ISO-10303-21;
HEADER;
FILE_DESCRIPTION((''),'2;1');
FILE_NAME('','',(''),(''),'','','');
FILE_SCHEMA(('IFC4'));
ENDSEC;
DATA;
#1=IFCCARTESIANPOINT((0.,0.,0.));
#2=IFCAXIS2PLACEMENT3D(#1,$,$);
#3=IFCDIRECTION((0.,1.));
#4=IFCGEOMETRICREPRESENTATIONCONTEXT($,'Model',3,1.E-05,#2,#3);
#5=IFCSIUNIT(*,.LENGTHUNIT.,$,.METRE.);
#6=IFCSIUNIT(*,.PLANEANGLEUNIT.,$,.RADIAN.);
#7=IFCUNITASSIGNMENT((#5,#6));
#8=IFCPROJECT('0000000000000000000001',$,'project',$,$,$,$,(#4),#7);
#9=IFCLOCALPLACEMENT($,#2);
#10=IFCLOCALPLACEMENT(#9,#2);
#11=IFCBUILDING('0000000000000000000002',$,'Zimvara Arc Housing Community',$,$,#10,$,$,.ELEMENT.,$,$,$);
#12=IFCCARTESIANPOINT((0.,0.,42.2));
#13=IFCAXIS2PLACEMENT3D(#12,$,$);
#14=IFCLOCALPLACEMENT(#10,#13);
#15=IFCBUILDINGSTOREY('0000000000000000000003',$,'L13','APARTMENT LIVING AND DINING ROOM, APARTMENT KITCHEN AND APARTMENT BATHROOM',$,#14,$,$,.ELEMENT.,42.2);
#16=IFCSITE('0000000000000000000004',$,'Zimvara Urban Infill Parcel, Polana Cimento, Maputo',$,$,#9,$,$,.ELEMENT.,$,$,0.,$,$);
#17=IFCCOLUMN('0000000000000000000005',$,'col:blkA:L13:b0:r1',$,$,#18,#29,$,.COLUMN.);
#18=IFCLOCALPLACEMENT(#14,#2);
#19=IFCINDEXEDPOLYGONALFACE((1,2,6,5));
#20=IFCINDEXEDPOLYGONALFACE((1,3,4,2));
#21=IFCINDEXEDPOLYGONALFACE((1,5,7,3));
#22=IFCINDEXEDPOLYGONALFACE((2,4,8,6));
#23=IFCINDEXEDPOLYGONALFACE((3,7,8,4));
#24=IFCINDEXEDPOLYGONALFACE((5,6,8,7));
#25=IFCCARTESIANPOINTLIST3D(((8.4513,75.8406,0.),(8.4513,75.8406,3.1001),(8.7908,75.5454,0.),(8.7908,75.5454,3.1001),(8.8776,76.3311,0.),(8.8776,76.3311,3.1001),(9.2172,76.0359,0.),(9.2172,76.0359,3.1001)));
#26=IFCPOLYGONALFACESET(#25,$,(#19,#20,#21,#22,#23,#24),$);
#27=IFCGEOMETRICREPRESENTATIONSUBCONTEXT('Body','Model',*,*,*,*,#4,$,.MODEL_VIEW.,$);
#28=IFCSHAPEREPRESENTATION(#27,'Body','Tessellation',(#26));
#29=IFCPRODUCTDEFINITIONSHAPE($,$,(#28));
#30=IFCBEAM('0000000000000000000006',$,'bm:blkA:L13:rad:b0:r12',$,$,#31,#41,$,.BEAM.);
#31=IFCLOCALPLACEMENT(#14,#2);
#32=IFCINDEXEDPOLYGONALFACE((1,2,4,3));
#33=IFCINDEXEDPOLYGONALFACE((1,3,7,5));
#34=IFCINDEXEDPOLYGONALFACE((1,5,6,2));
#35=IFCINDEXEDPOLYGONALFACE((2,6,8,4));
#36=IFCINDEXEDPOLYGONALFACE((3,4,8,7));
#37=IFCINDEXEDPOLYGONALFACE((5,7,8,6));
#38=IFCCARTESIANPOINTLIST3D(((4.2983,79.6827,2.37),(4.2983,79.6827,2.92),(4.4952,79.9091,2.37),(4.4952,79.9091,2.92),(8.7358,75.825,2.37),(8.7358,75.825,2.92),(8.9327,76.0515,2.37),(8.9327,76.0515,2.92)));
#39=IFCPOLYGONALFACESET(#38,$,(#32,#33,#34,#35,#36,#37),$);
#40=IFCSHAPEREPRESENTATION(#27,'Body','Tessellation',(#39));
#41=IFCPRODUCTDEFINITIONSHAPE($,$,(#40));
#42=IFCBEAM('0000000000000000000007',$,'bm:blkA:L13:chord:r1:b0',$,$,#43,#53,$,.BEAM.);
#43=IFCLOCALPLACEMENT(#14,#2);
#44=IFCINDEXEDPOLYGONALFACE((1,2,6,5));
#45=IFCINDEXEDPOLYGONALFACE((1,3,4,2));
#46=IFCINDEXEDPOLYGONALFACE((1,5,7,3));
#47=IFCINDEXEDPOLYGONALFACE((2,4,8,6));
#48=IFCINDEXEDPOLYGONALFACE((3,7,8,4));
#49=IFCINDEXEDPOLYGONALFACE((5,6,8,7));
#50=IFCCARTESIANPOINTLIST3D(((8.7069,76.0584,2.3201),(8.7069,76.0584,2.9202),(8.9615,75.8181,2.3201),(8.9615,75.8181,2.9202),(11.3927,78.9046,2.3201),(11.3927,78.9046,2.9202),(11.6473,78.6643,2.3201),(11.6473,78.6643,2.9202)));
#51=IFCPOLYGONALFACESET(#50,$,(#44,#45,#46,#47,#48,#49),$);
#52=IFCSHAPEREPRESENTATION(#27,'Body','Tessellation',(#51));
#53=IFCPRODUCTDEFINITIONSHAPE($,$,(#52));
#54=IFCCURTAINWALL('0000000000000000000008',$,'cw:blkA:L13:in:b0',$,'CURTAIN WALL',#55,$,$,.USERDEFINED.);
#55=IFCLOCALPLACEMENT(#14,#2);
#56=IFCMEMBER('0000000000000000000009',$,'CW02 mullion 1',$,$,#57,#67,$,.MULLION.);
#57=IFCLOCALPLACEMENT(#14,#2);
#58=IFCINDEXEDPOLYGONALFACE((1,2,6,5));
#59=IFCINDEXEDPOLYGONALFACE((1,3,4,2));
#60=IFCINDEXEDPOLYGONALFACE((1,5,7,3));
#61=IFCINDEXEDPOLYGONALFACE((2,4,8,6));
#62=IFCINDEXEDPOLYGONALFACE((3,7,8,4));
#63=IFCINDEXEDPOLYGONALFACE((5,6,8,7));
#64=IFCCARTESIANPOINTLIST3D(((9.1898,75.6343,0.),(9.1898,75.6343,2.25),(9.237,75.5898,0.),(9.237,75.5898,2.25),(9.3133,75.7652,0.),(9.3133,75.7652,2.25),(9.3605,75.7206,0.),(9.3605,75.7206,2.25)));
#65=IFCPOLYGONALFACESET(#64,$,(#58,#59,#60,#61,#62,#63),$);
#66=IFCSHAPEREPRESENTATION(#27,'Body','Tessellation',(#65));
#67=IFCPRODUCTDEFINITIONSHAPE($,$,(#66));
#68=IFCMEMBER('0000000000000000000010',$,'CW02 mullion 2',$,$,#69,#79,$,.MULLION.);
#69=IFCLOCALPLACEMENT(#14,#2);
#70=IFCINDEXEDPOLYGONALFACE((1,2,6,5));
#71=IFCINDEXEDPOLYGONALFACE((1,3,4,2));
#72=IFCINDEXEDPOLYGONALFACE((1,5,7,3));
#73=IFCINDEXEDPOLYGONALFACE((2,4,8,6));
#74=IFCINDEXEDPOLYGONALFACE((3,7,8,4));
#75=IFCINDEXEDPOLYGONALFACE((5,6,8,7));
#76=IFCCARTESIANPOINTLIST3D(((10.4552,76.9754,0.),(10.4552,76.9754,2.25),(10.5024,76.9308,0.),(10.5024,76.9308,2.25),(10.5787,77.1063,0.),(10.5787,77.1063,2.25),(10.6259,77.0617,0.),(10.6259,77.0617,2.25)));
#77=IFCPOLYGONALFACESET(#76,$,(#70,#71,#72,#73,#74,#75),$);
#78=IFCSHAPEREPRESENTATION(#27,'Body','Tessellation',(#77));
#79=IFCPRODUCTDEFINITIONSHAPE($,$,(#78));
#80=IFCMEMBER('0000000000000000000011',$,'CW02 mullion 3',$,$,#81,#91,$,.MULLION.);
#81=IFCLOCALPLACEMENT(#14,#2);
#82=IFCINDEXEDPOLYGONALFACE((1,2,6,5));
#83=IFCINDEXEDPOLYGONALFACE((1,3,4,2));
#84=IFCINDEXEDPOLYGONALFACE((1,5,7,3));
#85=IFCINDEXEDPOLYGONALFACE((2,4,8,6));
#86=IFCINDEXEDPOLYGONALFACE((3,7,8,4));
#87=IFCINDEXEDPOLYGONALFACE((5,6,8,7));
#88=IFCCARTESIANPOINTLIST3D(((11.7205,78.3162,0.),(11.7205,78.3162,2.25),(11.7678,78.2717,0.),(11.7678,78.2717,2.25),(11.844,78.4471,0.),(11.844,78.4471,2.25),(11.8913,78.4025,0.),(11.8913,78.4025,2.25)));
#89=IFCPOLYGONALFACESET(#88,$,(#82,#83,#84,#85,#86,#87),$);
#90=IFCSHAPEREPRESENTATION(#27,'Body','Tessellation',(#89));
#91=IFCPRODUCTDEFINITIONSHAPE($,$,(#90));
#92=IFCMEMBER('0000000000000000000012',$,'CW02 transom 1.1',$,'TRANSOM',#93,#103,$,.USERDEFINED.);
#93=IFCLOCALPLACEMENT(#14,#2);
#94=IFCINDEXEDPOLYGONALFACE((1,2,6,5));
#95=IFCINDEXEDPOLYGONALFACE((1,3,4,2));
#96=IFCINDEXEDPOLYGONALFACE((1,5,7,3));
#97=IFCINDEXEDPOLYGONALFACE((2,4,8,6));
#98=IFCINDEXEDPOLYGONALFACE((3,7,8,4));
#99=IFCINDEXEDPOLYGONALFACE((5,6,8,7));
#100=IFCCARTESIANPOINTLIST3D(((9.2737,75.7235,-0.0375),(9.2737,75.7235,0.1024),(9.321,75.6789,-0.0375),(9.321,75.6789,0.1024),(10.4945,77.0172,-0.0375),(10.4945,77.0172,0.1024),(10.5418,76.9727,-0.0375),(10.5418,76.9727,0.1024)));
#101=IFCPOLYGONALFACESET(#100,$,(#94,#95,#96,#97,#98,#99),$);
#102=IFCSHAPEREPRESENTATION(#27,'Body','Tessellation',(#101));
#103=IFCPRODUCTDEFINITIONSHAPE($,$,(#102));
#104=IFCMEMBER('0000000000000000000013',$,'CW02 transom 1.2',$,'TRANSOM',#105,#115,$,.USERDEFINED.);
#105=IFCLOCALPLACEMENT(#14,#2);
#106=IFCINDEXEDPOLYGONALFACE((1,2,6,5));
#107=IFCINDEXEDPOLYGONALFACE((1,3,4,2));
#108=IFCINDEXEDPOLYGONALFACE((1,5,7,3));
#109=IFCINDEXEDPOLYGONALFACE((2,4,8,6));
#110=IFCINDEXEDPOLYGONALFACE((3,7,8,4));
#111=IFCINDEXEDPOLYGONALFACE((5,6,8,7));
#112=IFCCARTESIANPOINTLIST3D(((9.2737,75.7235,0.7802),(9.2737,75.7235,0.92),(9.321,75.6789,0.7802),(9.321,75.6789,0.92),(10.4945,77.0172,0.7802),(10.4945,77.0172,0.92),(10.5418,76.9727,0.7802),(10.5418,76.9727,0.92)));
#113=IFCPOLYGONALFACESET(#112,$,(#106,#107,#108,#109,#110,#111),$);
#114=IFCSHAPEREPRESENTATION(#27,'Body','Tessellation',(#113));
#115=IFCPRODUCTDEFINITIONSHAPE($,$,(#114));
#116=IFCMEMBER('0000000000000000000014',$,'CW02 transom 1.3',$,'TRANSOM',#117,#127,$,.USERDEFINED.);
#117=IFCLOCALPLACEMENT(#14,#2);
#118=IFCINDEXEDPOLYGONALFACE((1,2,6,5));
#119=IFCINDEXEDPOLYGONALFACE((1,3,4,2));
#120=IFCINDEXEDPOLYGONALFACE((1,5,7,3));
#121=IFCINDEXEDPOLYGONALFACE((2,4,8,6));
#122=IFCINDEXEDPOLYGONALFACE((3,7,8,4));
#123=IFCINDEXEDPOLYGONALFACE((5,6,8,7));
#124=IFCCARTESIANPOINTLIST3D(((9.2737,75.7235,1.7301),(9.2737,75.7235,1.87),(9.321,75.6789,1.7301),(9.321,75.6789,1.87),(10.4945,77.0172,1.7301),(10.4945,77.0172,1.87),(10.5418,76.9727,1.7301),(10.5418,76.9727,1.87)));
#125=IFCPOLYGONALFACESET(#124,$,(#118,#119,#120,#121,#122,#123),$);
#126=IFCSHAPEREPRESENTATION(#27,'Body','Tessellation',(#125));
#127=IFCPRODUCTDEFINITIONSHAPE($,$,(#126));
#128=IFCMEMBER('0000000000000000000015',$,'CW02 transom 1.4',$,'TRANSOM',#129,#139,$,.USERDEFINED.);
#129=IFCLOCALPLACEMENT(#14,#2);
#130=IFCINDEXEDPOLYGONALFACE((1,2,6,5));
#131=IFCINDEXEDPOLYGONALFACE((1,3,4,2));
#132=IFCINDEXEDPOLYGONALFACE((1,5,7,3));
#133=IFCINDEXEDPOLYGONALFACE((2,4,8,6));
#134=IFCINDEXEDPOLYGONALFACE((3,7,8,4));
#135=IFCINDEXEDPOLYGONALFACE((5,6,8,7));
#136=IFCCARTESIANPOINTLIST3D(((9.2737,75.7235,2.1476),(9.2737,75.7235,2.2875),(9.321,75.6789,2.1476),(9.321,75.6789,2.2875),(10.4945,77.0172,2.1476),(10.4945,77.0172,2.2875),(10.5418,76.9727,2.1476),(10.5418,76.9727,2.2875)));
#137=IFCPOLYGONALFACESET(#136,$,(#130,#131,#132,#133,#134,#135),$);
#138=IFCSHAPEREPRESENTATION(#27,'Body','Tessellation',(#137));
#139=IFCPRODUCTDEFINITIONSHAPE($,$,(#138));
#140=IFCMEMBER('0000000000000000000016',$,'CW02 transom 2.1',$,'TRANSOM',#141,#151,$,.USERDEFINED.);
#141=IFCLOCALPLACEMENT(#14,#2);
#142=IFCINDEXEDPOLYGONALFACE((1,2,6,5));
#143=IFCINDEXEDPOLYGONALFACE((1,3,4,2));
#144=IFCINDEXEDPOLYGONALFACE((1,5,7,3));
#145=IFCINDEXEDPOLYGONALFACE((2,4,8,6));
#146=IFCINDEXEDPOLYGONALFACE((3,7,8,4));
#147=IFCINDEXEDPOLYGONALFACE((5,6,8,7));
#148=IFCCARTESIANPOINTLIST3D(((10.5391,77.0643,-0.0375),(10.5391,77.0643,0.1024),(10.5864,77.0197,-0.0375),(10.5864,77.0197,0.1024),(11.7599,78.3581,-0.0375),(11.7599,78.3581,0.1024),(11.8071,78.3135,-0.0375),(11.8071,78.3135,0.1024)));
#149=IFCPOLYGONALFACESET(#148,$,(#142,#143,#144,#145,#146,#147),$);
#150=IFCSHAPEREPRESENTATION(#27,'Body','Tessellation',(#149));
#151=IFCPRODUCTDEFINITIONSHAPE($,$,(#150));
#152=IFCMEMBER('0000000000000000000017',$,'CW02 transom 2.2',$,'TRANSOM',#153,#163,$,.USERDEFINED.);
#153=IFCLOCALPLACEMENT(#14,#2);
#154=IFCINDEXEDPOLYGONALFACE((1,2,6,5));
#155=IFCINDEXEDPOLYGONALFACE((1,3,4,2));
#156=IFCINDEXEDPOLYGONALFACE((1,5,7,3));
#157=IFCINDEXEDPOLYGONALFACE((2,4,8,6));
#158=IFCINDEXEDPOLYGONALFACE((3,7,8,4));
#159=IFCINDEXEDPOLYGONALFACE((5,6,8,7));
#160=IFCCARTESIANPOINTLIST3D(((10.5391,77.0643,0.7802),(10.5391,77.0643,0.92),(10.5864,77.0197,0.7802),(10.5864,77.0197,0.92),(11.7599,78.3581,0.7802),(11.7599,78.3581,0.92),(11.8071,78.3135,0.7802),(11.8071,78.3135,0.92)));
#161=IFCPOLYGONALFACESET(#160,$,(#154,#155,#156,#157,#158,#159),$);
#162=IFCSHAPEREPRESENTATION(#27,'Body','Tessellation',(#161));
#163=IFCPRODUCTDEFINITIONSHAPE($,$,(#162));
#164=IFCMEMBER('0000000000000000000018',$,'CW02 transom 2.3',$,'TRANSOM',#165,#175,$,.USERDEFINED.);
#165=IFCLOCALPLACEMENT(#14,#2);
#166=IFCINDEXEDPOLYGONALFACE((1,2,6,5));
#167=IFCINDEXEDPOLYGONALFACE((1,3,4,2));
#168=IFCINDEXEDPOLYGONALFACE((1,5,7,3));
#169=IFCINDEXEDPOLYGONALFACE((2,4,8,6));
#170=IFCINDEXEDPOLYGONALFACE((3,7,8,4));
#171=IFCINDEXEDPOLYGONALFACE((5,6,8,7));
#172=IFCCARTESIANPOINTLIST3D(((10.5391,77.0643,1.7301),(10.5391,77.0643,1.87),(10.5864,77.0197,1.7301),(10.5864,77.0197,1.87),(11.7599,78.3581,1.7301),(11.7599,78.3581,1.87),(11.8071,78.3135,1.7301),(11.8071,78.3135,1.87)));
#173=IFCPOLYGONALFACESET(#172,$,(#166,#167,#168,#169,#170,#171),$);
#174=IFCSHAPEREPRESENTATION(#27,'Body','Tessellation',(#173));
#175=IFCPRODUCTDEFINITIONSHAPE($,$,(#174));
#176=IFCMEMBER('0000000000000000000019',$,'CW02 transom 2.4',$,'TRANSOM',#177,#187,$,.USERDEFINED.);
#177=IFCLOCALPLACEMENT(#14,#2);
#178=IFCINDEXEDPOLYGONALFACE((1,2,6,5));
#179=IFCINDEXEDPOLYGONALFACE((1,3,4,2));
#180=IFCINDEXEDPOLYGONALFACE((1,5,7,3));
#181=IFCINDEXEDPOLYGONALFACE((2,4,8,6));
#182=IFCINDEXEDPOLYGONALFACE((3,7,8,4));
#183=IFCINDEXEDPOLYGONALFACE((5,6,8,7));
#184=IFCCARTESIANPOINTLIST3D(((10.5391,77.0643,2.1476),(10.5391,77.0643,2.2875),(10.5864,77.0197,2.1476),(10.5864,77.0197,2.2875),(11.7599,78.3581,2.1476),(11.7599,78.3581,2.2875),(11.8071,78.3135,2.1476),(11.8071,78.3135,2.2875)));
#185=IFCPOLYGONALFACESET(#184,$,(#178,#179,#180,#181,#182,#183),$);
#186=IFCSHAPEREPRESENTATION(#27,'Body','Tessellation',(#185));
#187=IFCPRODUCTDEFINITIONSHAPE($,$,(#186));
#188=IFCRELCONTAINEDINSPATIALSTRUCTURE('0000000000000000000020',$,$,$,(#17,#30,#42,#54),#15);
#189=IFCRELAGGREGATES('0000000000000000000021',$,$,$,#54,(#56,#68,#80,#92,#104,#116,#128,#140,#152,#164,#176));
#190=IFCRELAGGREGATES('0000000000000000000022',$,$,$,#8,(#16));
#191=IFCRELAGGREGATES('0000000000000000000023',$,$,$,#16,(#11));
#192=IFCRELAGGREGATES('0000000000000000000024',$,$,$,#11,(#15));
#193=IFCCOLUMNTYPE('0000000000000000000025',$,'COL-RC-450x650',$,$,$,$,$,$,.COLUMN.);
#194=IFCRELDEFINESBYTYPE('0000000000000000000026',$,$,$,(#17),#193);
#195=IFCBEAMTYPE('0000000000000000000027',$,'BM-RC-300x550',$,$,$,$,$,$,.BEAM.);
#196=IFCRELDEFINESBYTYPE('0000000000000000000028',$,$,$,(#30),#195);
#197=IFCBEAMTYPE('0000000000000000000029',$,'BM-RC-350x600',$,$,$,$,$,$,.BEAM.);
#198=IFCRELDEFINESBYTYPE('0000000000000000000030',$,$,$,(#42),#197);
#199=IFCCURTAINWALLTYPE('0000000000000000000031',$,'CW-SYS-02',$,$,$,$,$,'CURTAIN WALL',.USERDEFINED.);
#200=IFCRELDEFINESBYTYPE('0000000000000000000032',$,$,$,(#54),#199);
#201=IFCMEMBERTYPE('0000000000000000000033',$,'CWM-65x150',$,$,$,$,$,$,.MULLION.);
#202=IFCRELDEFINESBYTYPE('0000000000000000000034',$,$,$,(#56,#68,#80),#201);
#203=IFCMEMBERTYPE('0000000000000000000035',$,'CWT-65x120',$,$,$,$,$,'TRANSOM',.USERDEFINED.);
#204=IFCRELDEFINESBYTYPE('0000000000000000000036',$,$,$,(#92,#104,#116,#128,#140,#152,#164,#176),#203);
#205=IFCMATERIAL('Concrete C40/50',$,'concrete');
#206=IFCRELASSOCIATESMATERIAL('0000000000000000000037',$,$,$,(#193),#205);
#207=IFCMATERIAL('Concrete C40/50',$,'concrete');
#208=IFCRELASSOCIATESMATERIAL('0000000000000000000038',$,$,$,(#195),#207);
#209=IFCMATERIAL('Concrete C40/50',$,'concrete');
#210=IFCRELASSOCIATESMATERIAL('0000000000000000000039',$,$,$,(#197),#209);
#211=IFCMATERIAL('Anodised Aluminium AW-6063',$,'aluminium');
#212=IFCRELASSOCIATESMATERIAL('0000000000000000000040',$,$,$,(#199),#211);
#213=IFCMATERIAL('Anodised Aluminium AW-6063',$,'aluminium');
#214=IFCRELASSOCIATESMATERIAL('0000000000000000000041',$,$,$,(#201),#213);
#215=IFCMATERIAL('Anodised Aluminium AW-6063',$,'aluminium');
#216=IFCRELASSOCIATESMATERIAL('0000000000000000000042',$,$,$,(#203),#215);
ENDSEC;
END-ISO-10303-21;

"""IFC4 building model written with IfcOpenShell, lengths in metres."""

from ifc_helpers import new_model, si_unit, direction, frame, origin, origin_2d, place, context, subcontext, project, spatial, rectangle, extrude, material, material_profile, profile_set, type_object, element, aggregate, save


model = new_model("IFC4")

# Units and contexts
model_context = context("Model", 3, precision=1e-05, world=origin(), true_north=direction((0.0, 1.0)))
body_context = subcontext(model_context, "Body", "Model", "MODEL_VIEW")
ifc_project = project(units=[si_unit("LENGTHUNIT", "METRE"), si_unit("PLANEANGLEUNIT", "RADIAN")], contexts=[model_context])

# Site, building, storey
site_placement = place(None, origin())
site = spatial("IfcSite", under=ifc_project, at=site_placement, Name="Zimvara Urban Infill Parcel, Polana Cimento, Maputo", CompositionType="ELEMENT", RefElevation=0.0)
building_placement = place(site_placement, origin())
building = spatial("IfcBuilding", under=site, at=building_placement, Name="Zimvara Arc Housing Community", CompositionType="ELEMENT")
storey_placement = place(building_placement, frame((0.0, 0.0, 42.2)))
storey = spatial("IfcBuildingStorey", under=building, at=storey_placement, Name="L13", Description="APARTMENT LIVING AND DINING ROOM, APARTMENT KITCHEN AND APARTMENT BATHROOM", CompositionType="ELEMENT", Elevation=42.2)

# Column
ifc_material_1 = material(Name="Concrete C40/50", Category="concrete")
ifc_material_profile_1 = material_profile(ifc_material_1, rectangle(XDim=0.45, YDim=0.6499, at=origin_2d()), Name="RC 450x650")
ifc_profile_set_1 = profile_set([ifc_material_profile_1], Name="Concrete C40/50")
column_type = type_object("IfcColumnType", Name="COL-RC-450x650", PredefinedType="COLUMN", material=ifc_profile_set_1)
column_placement = place(storey_placement, frame((8.8342, 75.9382, 0.0), z_axis=(0.0, 0.0, 1.0), x_axis=(-0.75471, 0.656059, 0.0)))
element("IfcColumn", 1, at=column_placement, inside=storey, type_object=column_type, Name="col:blkA:L13:b0:r1", PredefinedType="COLUMN", context=body_context, shape_type="SweptSolid", body=[
    extrude(rectangle(XDim=0.45, YDim=0.6499, at=origin_2d()), origin(), (0.0, 0.0, 1.0), 3.1001),
])

# Beams
ifc_material_2 = material(Name="Concrete C40/50", Category="concrete")
ifc_material_profile_2 = material_profile(ifc_material_2, rectangle(XDim=0.3, YDim=0.55, at=origin_2d()), Name="RC 300x550")
ifc_profile_set_2 = profile_set([ifc_material_profile_2], Name="Concrete C40/50")
beam_type_1 = type_object("IfcBeamType", Name="BM-RC-300x550", PredefinedType="BEAM", material=ifc_profile_set_2)
beam_1_placement = place(storey_placement, frame((8.8342, 75.9382, 2.645), z_axis=(-0.754692, 0.656079, 0.0), x_axis=(-0.656079, -0.754692, 0.0)))
element("IfcBeam", 2, at=beam_1_placement, inside=storey, type_object=beam_type_1, Name="bm:blkA:L13:rad:b0:r12", PredefinedType="BEAM", context=body_context, shape_type="SweptSolid", body=[
    extrude(rectangle(XDim=0.3, YDim=0.55, at=origin_2d()), origin(), (0.0, 0.0, 1.0), 5.8799),
])
ifc_material_3 = material(Name="Concrete C40/50", Category="concrete")
ifc_material_profile_3 = material_profile(ifc_material_3, rectangle(XDim=0.3501, YDim=0.6001, at=origin_2d()), Name="RC 350x600")
ifc_profile_set_3 = profile_set([ifc_material_profile_3], Name="Concrete C40/50")
beam_type_2 = type_object("IfcBeamType", Name="BM-RC-350x600", PredefinedType="BEAM", material=ifc_profile_set_3)
beam_2_placement = place(storey_placement, frame((8.8342, 75.9382, 2.6201), z_axis=(0.686316, 0.727304, 0.0), x_axis=(-0.727304, 0.686316, 0.0)))
element("IfcBeam", 3, at=beam_2_placement, inside=storey, type_object=beam_type_2, Name="bm:blkA:L13:chord:r1:b0", PredefinedType="BEAM", context=body_context, shape_type="SweptSolid", body=[
    extrude(rectangle(XDim=0.3501, YDim=0.6001, at=origin_2d()), origin(), (0.0, 0.0, 1.0), 3.9133),
])

# Curtain wall, members
ifc_material_4 = material(Name="Anodised Aluminium AW-6063", Category="aluminium")
curtain_wall_type = type_object("IfcCurtainWallType", Name="CW-SYS-02", ElementType="CURTAIN WALL", PredefinedType="USERDEFINED", material=ifc_material_4)
curtain_wall_placement = place(storey_placement, origin())
curtain_wall = element("IfcCurtainWall", 4, at=curtain_wall_placement, inside=storey, type_object=curtain_wall_type, Name="cw:blkA:L13:in:b0", ObjectType="CURTAIN WALL", PredefinedType="USERDEFINED")
ifc_material_5 = material(Name="Anodised Aluminium AW-6063", Category="aluminium")
ifc_material_profile_4 = material_profile(ifc_material_5, rectangle(XDim=0.0649, YDim=0.1799, at=origin_2d()), Name="ALU 65x180")
ifc_profile_set_4 = profile_set([ifc_material_profile_4], Name="Anodised Aluminium AW-6063")
member_type_1 = type_object("IfcMemberType", Name="CWM-65x150", PredefinedType="MULLION", material=ifc_profile_set_4)
member_1_placement = place(storey_placement, frame((9.2751, 75.6775, 0.0), z_axis=(0.0, 0.0, 1.0), x_axis=(-0.727294, 0.686326, 0.0)))
member_1 = element("IfcMember", 5, at=member_1_placement, type_object=member_type_1, Name="CW02 mullion 1", PredefinedType="MULLION", context=body_context, shape_type="SweptSolid", body=[
    extrude(rectangle(XDim=0.0649, YDim=0.1799, at=origin_2d()), origin(), (0.0, 0.0, 1.0), 2.25),
])
member_2_placement = place(storey_placement, frame((10.5405, 77.0186, 0.0), z_axis=(0.0, 0.0, 1.0), x_axis=(-0.727294, 0.686326, 0.0)))
member_2 = element("IfcMember", 6, at=member_2_placement, type_object=member_type_1, Name="CW02 mullion 2", PredefinedType="MULLION", context=body_context, shape_type="SweptSolid", body=[
    extrude(rectangle(XDim=0.0649, YDim=0.1799, at=origin_2d()), origin(), (0.0, 0.0, 1.0), 2.25),
])
member_3_placement = place(storey_placement, frame((11.8059, 78.3594, 0.0), z_axis=(0.0, 0.0, 1.0), x_axis=(-0.727294, 0.686326, 0.0)))
member_3 = element("IfcMember", 7, at=member_3_placement, type_object=member_type_1, Name="CW02 mullion 3", PredefinedType="MULLION", context=body_context, shape_type="SweptSolid", body=[
    extrude(rectangle(XDim=0.0649, YDim=0.1799, at=origin_2d()), origin(), (0.0, 0.0, 1.0), 2.25),
])
ifc_material_6 = material(Name="Anodised Aluminium AW-6063", Category="aluminium")
ifc_material_profile_5 = material_profile(ifc_material_6, rectangle(XDim=0.0649, YDim=0.1399, at=origin_2d()), Name="ALU 65x140")
ifc_profile_set_5 = profile_set([ifc_material_profile_5], Name="Anodised Aluminium AW-6063")
member_type_2 = type_object("IfcMemberType", Name="CWT-65x120", ElementType="TRANSOM", PredefinedType="USERDEFINED", material=ifc_profile_set_5)
member_4_placement = place(storey_placement, frame((9.2974, 75.7012, 0.0325), z_axis=(0.686289, 0.727329, 0.0), x_axis=(-0.727329, 0.686289, 0.0)))
member_4 = element("IfcMember", 8, at=member_4_placement, type_object=member_type_2, Name="CW02 transom 1.1", ObjectType="TRANSOM", PredefinedType="USERDEFINED", context=body_context, shape_type="SweptSolid", body=[
    extrude(rectangle(XDim=0.0649, YDim=0.1399, at=origin_2d()), origin(), (0.0, 0.0, 1.0), 1.7788),
])
member_5_placement = place(storey_placement, frame((9.2974, 75.7012, 0.8501), z_axis=(0.686289, 0.727329, 0.0), x_axis=(-0.727329, 0.686289, 0.0)))
member_5 = element("IfcMember", 9, at=member_5_placement, type_object=member_type_2, Name="CW02 transom 1.2", ObjectType="TRANSOM", PredefinedType="USERDEFINED", context=body_context, shape_type="SweptSolid", body=[
    extrude(rectangle(XDim=0.0649, YDim=0.1399, at=origin_2d()), origin(), (0.0, 0.0, 1.0), 1.7788),
])
member_6_placement = place(storey_placement, frame((9.2974, 75.7012, 1.8), z_axis=(0.686289, 0.727329, 0.0), x_axis=(-0.727329, 0.686289, 0.0)))
member_6 = element("IfcMember", 10, at=member_6_placement, type_object=member_type_2, Name="CW02 transom 1.3", ObjectType="TRANSOM", PredefinedType="USERDEFINED", context=body_context, shape_type="SweptSolid", body=[
    extrude(rectangle(XDim=0.0649, YDim=0.1399, at=origin_2d()), origin(), (0.0, 0.0, 1.0), 1.7788),
])
member_7_placement = place(storey_placement, frame((9.2974, 75.7012, 2.2175), z_axis=(0.686289, 0.727329, 0.0), x_axis=(-0.727329, 0.686289, 0.0)))
member_7 = element("IfcMember", 11, at=member_7_placement, type_object=member_type_2, Name="CW02 transom 1.4", ObjectType="TRANSOM", PredefinedType="USERDEFINED", context=body_context, shape_type="SweptSolid", body=[
    extrude(rectangle(XDim=0.0649, YDim=0.1399, at=origin_2d()), origin(), (0.0, 0.0, 1.0), 1.7788),
])
member_8_placement = place(storey_placement, frame((10.5627, 77.042, 0.0325), z_axis=(0.686289, 0.727329, 0.0), x_axis=(-0.727329, 0.686289, 0.0)))
member_8 = element("IfcMember", 12, at=member_8_placement, type_object=member_type_2, Name="CW02 transom 2.1", ObjectType="TRANSOM", PredefinedType="USERDEFINED", context=body_context, shape_type="SweptSolid", body=[
    extrude(rectangle(XDim=0.0649, YDim=0.1399, at=origin_2d()), origin(), (0.0, 0.0, 1.0), 1.7788),
])
member_9_placement = place(storey_placement, frame((10.5627, 77.042, 0.8501), z_axis=(0.686289, 0.727329, 0.0), x_axis=(-0.727329, 0.686289, 0.0)))
member_9 = element("IfcMember", 13, at=member_9_placement, type_object=member_type_2, Name="CW02 transom 2.2", ObjectType="TRANSOM", PredefinedType="USERDEFINED", context=body_context, shape_type="SweptSolid", body=[
    extrude(rectangle(XDim=0.0649, YDim=0.1399, at=origin_2d()), origin(), (0.0, 0.0, 1.0), 1.7788),
])
member_10_placement = place(storey_placement, frame((10.5627, 77.042, 1.8), z_axis=(0.686289, 0.727329, 0.0), x_axis=(-0.727329, 0.686289, 0.0)))
member_10 = element("IfcMember", 14, at=member_10_placement, type_object=member_type_2, Name="CW02 transom 2.3", ObjectType="TRANSOM", PredefinedType="USERDEFINED", context=body_context, shape_type="SweptSolid", body=[
    extrude(rectangle(XDim=0.0649, YDim=0.1399, at=origin_2d()), origin(), (0.0, 0.0, 1.0), 1.7788),
])
member_11_placement = place(storey_placement, frame((10.5627, 77.042, 2.2175), z_axis=(0.686289, 0.727329, 0.0), x_axis=(-0.727329, 0.686289, 0.0)))
member_11 = element("IfcMember", 15, at=member_11_placement, type_object=member_type_2, Name="CW02 transom 2.4", ObjectType="TRANSOM", PredefinedType="USERDEFINED", context=body_context, shape_type="SweptSolid", body=[
    extrude(rectangle(XDim=0.0649, YDim=0.1399, at=origin_2d()), origin(), (0.0, 0.0, 1.0), 1.7788),
])
aggregate(curtain_wall, [member_1, member_2, member_3, member_4, member_5, member_6, member_7, member_8, member_9, member_10, member_11])

save(model, "model.ifc")
